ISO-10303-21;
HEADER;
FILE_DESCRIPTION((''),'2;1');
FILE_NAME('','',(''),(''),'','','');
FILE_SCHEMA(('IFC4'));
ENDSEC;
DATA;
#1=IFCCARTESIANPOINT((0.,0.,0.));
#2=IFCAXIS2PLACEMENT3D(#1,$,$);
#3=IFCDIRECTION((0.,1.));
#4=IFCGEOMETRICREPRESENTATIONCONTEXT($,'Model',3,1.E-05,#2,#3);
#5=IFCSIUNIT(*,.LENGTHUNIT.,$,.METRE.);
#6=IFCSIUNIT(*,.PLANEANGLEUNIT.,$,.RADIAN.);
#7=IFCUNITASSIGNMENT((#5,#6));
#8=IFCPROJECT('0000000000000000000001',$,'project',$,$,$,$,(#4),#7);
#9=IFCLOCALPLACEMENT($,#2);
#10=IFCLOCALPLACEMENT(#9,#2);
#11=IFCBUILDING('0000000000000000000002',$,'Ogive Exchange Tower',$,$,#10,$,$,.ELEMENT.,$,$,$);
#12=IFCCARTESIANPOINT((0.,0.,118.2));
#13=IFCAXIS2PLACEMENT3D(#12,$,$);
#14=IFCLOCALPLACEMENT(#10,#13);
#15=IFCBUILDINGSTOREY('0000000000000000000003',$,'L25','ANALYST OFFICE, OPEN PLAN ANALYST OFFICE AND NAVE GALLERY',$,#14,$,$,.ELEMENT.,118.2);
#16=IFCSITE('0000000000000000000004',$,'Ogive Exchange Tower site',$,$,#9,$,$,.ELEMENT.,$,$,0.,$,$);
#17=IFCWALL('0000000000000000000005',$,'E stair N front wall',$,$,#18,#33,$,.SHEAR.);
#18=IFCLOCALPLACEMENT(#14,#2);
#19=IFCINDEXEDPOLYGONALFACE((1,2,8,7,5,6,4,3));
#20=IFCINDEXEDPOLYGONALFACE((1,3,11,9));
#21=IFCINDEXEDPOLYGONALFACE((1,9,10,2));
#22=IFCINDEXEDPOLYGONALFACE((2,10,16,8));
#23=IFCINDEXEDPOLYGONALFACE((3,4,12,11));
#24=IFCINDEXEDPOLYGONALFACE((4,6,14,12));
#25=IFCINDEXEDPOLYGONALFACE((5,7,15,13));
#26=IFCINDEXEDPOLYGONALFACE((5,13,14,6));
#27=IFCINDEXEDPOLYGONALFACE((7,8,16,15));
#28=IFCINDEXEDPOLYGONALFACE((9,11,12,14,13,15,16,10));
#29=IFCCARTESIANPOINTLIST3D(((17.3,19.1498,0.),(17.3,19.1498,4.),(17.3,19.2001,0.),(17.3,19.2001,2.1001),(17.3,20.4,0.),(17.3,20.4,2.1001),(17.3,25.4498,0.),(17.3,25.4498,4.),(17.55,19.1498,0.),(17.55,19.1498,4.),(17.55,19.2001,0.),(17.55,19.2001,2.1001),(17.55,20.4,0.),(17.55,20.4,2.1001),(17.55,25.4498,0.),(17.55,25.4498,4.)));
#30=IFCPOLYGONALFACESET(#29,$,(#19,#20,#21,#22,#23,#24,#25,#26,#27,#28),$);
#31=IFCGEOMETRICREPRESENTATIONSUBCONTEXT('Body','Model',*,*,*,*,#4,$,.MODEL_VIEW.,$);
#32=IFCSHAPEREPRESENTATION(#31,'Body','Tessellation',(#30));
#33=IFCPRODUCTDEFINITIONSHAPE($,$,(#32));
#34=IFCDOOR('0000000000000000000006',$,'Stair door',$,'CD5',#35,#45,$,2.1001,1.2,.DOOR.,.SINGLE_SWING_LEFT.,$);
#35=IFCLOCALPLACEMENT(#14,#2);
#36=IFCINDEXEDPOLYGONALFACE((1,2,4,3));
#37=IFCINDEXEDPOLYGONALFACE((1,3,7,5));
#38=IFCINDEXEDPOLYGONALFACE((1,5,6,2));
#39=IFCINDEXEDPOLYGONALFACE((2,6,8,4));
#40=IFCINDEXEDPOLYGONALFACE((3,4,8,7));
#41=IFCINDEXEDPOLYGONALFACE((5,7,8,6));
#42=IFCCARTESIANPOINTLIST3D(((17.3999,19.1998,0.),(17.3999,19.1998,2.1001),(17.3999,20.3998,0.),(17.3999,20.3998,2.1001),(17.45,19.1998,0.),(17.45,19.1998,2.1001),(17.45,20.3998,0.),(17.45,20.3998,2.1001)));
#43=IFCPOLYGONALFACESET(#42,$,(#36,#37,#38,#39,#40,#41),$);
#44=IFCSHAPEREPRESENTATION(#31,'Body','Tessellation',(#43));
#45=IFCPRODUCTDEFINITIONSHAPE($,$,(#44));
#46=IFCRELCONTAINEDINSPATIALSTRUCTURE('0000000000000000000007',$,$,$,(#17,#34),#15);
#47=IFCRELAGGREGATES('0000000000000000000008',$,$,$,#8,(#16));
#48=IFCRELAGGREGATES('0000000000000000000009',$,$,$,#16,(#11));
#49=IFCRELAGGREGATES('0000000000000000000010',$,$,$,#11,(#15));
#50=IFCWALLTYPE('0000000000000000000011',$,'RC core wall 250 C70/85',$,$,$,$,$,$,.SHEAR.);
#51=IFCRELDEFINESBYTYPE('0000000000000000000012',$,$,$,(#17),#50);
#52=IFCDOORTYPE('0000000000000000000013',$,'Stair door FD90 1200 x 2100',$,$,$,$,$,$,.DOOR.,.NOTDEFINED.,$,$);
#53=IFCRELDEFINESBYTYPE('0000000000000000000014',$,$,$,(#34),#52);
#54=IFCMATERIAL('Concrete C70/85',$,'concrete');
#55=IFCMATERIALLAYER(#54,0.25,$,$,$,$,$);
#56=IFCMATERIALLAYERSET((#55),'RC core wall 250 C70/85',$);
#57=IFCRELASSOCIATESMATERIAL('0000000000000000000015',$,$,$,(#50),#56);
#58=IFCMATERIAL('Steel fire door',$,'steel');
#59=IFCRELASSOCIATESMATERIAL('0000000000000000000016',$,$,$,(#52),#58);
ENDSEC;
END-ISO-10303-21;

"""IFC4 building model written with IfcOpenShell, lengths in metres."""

from ifc_helpers import new_model, si_unit, direction, frame, frame_2d, origin, place, context, subcontext, project, spatial, rectangle, extrude, material, layer, layer_set, type_object, element, fill, save


model = new_model("IFC4")

# Units and contexts
model_context = context("Model", 3, precision=1e-05, world=origin(), true_north=direction((0.0, 1.0)))
body_context = subcontext(model_context, "Body", "Model", "MODEL_VIEW")
ifc_project = project(units=[si_unit("LENGTHUNIT", "METRE"), si_unit("PLANEANGLEUNIT", "RADIAN")], contexts=[model_context])

# Site, building, storey
site_placement = place(None, origin())
site = spatial("IfcSite", under=ifc_project, at=site_placement, Name="Ogive Exchange Tower site", CompositionType="ELEMENT", RefElevation=0.0)
building_placement = place(site_placement, origin())
building = spatial("IfcBuilding", under=site, at=building_placement, Name="Ogive Exchange Tower", CompositionType="ELEMENT")
storey_placement = place(building_placement, frame((0.0, 0.0, 118.2)))
storey = spatial("IfcBuildingStorey", under=building, at=storey_placement, Name="L25", Description="ANALYST OFFICE, OPEN PLAN ANALYST OFFICE AND NAVE GALLERY", CompositionType="ELEMENT", Elevation=118.2)

# Wall, opening, door
ifc_material_1 = material(Name="Concrete C70/85", Category="concrete")
ifc_material_2 = material(Name="Steel fire door", Category="steel")
ifc_layer_1 = layer(ifc_material_1, 0.25)
ifc_layer_set_1 = layer_set([ifc_layer_1], Name="RC core wall 250 C70/85")
wall_type_1 = type_object("IfcWallType", Name="RC core wall 250 C70/85", PredefinedType="SHEAR", material=ifc_layer_set_1)
wall_1_placement = place(storey_placement, frame((17.425, 19.1499, 0.0), z_axis=(0.0, 0.0, 1.0), x_axis=(0.0, 1.0, 0.0)))
wall_1 = element("IfcWall", 1, at=wall_1_placement, inside=storey, type_object=wall_type_1, Name="E stair N front wall", PredefinedType="SHEAR", context=body_context, shape_type="SweptSolid", body=[
    extrude(rectangle(XDim=6.3, YDim=0.25, at=frame_2d((3.1499, 0.0))), origin(), (0.0, 0.0, 1.0), 4.0),
])
opening_1_placement = place(wall_1_placement, frame((0.05, 0.0, 0.0)))
opening_1 = element("IfcOpeningElement", 2, at=opening_1_placement, cuts=wall_1, PredefinedType="OPENING", context=body_context, shape_type="SweptSolid", body=[
    extrude(rectangle(XDim=1.2, YDim=2.1001, at=frame_2d((0.6001, 1.05))), frame((0.0, 0.135, 0.0), z_axis=(0.0, -1.0, 0.0), x_axis=(1.0, 0.0, 0.0)), (0.0, 0.0, 1.0), 0.27),
])
door_type_1 = type_object("IfcDoorType", Name="Stair door FD90 1200 x 2100", OperationType="NOTDEFINED", PredefinedType="DOOR", material=ifc_material_2)
door_1_placement = place(opening_1_placement, frame((1.2, 0.0, 0.0), z_axis=(0.0, 0.0, 1.0), x_axis=(-1.0, 0.0, 0.0)))
door_1 = element("IfcDoor", 3, at=door_1_placement, inside=storey, type_object=door_type_1, Name="Stair door", ObjectType="CD5", OperationType="SINGLE_SWING_LEFT", OverallHeight=2.1001, OverallWidth=1.2, PredefinedType="DOOR", context=body_context, shape_type="SweptSolid", body=[
    extrude(rectangle(XDim=1.2, YDim=2.1001, at=frame_2d((0.6001, 1.05))), frame((0.0, 0.0249, 0.0), z_axis=(0.0, -1.0, 0.0), x_axis=(1.0, 0.0, 0.0)), (0.0, 0.0, 1.0), 0.05),
])
fill(opening_1, door_1)

save(model, "model.ifc")
